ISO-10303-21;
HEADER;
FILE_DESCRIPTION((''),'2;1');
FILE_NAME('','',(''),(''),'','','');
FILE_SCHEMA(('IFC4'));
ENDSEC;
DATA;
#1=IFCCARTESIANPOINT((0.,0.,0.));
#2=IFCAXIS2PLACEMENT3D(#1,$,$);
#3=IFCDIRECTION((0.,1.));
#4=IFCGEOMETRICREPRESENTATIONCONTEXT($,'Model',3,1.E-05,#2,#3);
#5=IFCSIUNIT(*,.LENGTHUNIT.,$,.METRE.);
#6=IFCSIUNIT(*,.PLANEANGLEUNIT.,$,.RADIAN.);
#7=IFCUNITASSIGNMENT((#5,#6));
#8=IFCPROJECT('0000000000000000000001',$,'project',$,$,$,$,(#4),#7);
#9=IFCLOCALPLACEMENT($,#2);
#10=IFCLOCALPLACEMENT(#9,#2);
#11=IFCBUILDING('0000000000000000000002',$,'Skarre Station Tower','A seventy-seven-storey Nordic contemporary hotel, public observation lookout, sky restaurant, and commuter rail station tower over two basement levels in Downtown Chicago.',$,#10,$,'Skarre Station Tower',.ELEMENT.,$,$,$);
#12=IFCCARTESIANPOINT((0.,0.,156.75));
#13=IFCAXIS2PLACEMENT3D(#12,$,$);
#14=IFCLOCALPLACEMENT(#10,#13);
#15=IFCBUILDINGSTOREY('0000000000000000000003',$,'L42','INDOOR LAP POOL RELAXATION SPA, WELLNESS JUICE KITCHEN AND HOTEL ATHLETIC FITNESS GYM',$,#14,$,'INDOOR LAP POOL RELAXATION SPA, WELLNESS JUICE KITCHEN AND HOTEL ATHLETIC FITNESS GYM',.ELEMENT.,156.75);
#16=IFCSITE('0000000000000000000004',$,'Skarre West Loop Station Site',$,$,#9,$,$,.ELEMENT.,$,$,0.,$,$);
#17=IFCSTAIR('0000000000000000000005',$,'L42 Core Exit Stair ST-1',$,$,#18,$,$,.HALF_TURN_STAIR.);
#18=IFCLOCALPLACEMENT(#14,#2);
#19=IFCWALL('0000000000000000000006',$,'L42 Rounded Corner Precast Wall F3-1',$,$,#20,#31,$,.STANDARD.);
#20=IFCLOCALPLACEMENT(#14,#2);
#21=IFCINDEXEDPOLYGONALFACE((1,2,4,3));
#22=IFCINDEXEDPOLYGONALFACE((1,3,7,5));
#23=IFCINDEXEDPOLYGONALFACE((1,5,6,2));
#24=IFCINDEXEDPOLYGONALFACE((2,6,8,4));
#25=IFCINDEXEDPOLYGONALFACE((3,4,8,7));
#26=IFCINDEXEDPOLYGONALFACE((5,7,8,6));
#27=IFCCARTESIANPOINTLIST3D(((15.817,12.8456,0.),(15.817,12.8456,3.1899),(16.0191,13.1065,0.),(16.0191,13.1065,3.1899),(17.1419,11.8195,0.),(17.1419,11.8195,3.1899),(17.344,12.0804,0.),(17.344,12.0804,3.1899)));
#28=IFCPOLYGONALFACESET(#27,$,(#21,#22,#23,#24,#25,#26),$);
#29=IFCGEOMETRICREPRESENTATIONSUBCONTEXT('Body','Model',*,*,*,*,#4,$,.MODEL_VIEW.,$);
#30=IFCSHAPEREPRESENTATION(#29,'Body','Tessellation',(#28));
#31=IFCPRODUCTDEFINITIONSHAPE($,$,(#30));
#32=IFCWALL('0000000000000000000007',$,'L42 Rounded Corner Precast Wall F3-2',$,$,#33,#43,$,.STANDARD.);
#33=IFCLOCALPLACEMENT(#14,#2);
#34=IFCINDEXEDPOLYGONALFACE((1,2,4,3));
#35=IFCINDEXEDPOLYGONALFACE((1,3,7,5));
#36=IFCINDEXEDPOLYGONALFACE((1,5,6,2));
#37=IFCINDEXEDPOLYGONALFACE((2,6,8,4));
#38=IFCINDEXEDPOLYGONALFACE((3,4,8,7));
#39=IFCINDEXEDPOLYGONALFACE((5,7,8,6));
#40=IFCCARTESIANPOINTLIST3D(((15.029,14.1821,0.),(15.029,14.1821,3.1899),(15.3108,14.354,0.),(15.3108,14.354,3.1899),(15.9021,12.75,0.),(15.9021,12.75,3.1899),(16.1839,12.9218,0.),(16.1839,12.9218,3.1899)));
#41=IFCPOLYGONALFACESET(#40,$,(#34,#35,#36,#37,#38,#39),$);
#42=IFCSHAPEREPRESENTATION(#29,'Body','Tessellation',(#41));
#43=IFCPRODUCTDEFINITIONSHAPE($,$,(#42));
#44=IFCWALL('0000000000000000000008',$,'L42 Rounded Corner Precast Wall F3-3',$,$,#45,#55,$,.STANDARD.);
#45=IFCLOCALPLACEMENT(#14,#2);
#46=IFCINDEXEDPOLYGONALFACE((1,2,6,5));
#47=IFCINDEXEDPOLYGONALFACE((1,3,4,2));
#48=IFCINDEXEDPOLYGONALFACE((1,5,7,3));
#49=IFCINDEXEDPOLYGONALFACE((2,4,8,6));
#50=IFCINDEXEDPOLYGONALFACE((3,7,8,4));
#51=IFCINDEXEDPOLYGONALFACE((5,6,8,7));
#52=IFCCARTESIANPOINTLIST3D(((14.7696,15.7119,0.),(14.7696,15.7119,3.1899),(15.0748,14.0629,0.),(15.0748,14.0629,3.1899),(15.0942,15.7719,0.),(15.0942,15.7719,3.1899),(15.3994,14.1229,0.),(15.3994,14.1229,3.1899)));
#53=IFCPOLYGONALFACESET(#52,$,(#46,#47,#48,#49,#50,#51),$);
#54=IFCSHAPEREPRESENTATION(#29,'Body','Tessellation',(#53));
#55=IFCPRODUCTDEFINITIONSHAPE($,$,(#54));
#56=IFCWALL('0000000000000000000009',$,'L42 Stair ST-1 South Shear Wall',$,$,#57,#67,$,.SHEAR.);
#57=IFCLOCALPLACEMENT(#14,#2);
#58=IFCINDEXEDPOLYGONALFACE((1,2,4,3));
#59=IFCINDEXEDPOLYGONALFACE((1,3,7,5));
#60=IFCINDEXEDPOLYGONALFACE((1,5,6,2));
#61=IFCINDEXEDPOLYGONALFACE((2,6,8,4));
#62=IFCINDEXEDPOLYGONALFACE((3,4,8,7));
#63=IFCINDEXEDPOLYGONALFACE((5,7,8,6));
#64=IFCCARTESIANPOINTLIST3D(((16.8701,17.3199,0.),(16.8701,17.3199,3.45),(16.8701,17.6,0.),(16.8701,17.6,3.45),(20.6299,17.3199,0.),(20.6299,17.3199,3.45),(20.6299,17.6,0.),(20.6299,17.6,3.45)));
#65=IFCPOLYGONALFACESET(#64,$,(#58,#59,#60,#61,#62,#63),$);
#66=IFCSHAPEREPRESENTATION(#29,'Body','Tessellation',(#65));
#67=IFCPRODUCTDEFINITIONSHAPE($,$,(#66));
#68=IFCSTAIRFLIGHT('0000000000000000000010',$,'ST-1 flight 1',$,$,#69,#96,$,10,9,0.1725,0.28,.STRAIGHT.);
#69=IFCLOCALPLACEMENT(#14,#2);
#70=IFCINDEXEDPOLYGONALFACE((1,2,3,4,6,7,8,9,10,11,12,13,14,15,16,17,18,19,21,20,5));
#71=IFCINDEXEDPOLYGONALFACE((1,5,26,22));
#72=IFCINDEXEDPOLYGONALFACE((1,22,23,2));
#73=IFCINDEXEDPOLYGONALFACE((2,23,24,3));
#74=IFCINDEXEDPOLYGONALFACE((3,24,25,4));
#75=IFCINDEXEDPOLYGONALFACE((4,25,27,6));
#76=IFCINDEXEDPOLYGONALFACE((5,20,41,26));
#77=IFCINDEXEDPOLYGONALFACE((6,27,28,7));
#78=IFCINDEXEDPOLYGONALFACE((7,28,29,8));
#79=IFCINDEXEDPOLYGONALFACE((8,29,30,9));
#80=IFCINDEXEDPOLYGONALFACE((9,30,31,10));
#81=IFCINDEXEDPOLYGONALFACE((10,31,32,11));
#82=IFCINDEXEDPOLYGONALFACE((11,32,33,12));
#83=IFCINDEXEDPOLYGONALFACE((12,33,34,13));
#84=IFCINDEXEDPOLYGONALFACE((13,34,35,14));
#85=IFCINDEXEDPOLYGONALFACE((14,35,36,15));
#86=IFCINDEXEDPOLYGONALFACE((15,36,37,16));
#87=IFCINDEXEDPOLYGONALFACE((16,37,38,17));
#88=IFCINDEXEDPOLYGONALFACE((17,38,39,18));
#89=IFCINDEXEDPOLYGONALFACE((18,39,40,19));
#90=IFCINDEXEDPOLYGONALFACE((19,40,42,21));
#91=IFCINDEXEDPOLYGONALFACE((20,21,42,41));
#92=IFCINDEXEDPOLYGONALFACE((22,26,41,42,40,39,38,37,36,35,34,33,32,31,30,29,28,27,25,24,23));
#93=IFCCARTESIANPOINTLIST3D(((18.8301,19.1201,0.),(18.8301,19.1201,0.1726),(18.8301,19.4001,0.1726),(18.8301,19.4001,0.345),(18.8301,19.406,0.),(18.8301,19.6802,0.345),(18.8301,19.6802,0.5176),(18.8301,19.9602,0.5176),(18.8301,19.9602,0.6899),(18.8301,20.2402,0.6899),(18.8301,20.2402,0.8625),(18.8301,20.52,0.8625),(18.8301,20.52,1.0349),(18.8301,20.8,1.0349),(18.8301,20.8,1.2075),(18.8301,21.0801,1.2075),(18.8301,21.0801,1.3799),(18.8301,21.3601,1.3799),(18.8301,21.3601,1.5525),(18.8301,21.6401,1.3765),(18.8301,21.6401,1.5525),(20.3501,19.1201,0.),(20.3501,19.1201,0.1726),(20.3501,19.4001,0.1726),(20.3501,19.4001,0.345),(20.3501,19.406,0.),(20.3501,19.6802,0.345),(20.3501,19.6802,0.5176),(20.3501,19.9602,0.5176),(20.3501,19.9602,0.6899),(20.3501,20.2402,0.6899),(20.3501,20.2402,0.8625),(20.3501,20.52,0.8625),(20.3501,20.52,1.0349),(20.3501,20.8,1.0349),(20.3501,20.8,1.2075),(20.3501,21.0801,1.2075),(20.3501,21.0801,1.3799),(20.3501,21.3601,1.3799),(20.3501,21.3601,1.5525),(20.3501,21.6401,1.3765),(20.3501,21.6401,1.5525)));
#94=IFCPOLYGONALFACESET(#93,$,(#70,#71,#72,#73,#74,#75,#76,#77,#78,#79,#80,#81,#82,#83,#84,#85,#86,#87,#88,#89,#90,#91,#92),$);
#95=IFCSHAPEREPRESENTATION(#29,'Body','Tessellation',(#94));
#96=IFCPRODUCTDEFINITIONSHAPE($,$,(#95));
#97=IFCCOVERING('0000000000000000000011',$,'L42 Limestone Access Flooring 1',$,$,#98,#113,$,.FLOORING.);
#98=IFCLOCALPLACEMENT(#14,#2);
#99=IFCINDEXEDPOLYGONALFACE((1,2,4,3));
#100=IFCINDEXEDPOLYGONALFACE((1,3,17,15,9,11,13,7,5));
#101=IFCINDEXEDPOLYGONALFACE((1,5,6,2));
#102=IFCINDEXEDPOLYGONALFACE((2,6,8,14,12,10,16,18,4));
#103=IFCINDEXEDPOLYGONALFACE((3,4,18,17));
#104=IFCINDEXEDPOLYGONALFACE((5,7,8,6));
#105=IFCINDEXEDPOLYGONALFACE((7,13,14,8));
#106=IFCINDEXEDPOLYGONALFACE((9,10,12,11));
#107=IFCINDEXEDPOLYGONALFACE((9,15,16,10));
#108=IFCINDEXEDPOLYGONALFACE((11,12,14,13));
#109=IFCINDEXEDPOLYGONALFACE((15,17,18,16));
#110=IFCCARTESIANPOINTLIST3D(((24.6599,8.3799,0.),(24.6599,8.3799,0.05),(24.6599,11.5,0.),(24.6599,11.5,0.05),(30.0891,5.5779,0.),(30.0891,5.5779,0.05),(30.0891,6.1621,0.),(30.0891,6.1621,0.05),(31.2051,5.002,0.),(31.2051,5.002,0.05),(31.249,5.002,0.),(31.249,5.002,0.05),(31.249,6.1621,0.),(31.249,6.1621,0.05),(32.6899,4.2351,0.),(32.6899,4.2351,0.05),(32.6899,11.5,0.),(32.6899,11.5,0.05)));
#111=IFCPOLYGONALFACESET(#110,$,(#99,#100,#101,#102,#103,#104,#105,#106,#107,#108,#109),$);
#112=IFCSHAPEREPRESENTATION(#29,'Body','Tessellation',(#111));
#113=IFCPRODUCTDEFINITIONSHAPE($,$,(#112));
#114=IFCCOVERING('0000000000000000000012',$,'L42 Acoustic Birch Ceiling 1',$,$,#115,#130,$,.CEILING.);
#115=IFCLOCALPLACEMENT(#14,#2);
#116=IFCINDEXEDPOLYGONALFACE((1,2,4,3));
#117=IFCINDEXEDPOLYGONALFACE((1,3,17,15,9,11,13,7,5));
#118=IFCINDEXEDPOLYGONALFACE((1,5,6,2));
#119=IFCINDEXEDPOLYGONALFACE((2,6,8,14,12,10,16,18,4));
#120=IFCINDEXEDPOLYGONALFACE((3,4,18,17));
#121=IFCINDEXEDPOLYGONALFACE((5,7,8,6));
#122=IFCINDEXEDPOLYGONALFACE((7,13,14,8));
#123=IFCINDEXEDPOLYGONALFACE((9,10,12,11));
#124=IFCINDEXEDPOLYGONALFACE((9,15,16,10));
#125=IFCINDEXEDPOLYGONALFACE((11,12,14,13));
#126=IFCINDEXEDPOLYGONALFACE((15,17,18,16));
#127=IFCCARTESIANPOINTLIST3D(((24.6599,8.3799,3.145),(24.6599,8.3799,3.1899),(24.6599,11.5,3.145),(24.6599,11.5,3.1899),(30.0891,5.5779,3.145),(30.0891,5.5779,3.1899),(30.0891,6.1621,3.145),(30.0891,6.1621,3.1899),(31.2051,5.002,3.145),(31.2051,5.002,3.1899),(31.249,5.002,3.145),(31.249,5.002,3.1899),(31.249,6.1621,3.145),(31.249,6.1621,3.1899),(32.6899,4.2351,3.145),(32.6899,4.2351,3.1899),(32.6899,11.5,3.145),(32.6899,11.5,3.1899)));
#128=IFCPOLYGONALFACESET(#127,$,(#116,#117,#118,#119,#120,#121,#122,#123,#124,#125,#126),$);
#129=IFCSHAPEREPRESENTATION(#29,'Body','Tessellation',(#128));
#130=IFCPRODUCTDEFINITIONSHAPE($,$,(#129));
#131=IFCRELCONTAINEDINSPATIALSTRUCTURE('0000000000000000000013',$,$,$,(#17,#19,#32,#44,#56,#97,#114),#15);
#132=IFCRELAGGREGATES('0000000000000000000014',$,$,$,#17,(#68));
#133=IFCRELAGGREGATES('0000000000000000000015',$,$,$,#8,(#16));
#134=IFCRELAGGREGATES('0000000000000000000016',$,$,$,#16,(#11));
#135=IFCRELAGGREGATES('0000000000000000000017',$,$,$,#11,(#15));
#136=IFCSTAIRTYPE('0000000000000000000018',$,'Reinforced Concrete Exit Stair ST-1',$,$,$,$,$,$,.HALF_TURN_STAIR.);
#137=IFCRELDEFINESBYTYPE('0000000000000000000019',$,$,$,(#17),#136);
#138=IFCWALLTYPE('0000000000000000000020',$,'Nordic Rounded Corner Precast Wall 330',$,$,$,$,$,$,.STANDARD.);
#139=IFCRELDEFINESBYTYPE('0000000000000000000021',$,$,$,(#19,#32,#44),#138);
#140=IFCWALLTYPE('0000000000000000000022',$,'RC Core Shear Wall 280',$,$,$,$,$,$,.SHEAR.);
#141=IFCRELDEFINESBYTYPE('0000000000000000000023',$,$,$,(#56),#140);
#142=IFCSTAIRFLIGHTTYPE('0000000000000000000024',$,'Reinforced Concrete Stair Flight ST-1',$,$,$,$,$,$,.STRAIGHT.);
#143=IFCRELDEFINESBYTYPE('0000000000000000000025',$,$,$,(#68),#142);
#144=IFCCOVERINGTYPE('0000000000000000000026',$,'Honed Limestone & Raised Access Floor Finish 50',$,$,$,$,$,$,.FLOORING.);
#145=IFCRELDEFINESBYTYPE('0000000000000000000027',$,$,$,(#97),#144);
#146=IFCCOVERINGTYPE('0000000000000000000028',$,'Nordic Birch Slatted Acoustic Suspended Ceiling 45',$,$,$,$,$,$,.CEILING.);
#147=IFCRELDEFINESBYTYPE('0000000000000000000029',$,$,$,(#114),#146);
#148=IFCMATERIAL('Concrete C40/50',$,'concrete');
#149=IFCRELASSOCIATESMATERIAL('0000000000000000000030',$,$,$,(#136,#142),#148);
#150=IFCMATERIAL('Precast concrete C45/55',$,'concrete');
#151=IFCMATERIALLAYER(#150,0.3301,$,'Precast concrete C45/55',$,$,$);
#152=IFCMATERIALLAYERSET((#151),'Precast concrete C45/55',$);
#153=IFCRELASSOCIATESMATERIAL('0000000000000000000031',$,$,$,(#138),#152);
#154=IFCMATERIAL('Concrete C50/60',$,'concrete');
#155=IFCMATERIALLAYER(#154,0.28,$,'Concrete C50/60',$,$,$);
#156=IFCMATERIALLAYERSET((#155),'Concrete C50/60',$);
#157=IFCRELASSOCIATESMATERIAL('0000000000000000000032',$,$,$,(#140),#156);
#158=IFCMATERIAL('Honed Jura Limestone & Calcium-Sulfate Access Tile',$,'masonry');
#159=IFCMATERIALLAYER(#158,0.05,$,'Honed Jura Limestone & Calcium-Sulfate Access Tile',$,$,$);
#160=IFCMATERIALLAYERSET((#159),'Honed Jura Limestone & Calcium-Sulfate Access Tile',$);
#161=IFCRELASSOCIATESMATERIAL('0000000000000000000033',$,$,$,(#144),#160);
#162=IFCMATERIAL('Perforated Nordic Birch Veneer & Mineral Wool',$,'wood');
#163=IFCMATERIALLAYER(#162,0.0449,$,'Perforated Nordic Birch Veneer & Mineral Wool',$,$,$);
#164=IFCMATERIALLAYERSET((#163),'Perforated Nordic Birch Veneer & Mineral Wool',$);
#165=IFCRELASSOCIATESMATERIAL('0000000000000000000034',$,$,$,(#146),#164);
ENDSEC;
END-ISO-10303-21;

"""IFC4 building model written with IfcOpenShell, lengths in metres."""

from ifc_helpers import new_model, si_unit, direction, frame, frame_2d, origin, place, context, subcontext, project, spatial, polyline, rectangle, outline, extrude, material, layer, layer_set, type_object, element, aggregate, save


model = new_model("IFC4")

# Units and contexts
model_context = context("Model", 3, precision=1e-05, world=origin(), true_north=direction((0.0, 1.0)))
body_context = subcontext(model_context, "Body", "Model", "MODEL_VIEW")
ifc_project = project(units=[si_unit("LENGTHUNIT", "METRE"), si_unit("PLANEANGLEUNIT", "RADIAN")], contexts=[model_context])

# Site, building, storey
site_placement = place(None, origin())
site = spatial("IfcSite", under=ifc_project, at=site_placement, Name="Skarre West Loop Station Site", CompositionType="ELEMENT", RefElevation=0.0)
building_placement = place(site_placement, origin())
building = spatial("IfcBuilding", under=site, at=building_placement, Name="Skarre Station Tower", Description="A seventy-seven-storey Nordic contemporary hotel, public observation lookout, sky restaurant, and commuter rail station tower over two basement levels in Downtown Chicago.", LongName="Skarre Station Tower", CompositionType="ELEMENT")
storey_placement = place(building_placement, frame((0.0, 0.0, 156.75)))
storey = spatial("IfcBuildingStorey", under=building, at=storey_placement, Name="L42", Description="INDOOR LAP POOL RELAXATION SPA, WELLNESS JUICE KITCHEN AND HOTEL ATHLETIC FITNESS GYM", LongName="INDOOR LAP POOL RELAXATION SPA, WELLNESS JUICE KITCHEN AND HOTEL ATHLETIC FITNESS GYM", CompositionType="ELEMENT", Elevation=156.75)

# Stair
ifc_material_1 = material(Name="Concrete C40/50", Category="concrete")
stair_type_1 = type_object("IfcStairType", Name="Reinforced Concrete Exit Stair ST-1", PredefinedType="HALF_TURN_STAIR", material=ifc_material_1)
stair_1_placement = place(storey_placement, origin())
stair_1 = element("IfcStair", 1, at=stair_1_placement, inside=storey, type_object=stair_type_1, Name="L42 Core Exit Stair ST-1", PredefinedType="HALF_TURN_STAIR")

# Shared definitions
ifc_material_2 = material(Name="Concrete C50/60", Category="concrete")

# Shared definitions
ifc_material_3 = material(Name="Precast concrete C45/55", Category="concrete")

# Walls
ifc_layer_1 = layer(ifc_material_3, 0.3301, Name="Precast concrete C45/55")
ifc_layer_set_1 = layer_set([ifc_layer_1], Name="Precast concrete C45/55")
wall_type_1 = type_object("IfcWallType", Name="Nordic Rounded Corner Precast Wall 330", PredefinedType="STANDARD", material=ifc_layer_set_1)
wall_1_placement = place(storey_placement, frame((17.2429, 11.95, 0.0), z_axis=(0.0, 0.0, 1.0), x_axis=(-0.790621, 0.612305, 0.0)))
element("IfcWall", 2, at=wall_1_placement, inside=storey, type_object=wall_type_1, Name="L42 Rounded Corner Precast Wall F3-1", PredefinedType="STANDARD", context=body_context, shape_type="SweptSolid", body=[
    extrude(rectangle(XDim=1.6758, YDim=0.3301, at=frame_2d((0.8379, 0.0))), origin(), (0.0, 0.0, 1.0), 3.1899),
])
wall_2_placement = place(storey_placement, frame((16.043, 12.8359, 0.0), z_axis=(0.0, 0.0, 1.0), x_axis=(-0.520519, 0.85385, 0.0)))
element("IfcWall", 3, at=wall_2_placement, inside=storey, type_object=wall_type_1, Name="L42 Rounded Corner Precast Wall F3-2", PredefinedType="STANDARD", context=body_context, shape_type="SweptSolid", body=[
    extrude(rectangle(XDim=1.6772, YDim=0.3301, at=frame_2d((0.8386, 0.0))), origin(), (0.0, 0.0, 1.0), 3.1899),
])
wall_3_placement = place(storey_placement, frame((15.2371, 14.093, 0.0), z_axis=(0.0, 0.0, 1.0), x_axis=(-0.181985, 0.983301, 0.0)))
element("IfcWall", 4, at=wall_3_placement, inside=storey, type_object=wall_type_1, Name="L42 Rounded Corner Precast Wall F3-3", PredefinedType="STANDARD", context=body_context, shape_type="SweptSolid", body=[
    extrude(rectangle(XDim=1.677, YDim=0.3301, at=frame_2d((0.8384, 0.0))), origin(), (0.0, 0.0, 1.0), 3.1899),
])
ifc_layer_2 = layer(ifc_material_2, 0.28, Name="Concrete C50/60")
ifc_layer_set_2 = layer_set([ifc_layer_2], Name="Concrete C50/60")
wall_type_2 = type_object("IfcWallType", Name="RC Core Shear Wall 280", PredefinedType="SHEAR", material=ifc_layer_set_2)
wall_4_placement = place(storey_placement, frame((16.8701, 17.46, 0.0), z_axis=(0.0, 0.0, 1.0), x_axis=(1.0, 0.0, 0.0)))
element("IfcWall", 5, at=wall_4_placement, inside=storey, type_object=wall_type_2, Name="L42 Stair ST-1 South Shear Wall", PredefinedType="SHEAR", context=body_context, shape_type="SweptSolid", body=[
    extrude(rectangle(XDim=3.7598, YDim=0.28, at=frame_2d((1.8799, 0.0))), origin(), (0.0, 0.0, 1.0), 3.45),
])

# Stair flight
stair_flight_type = type_object("IfcStairFlightType", Name="Reinforced Concrete Stair Flight ST-1", PredefinedType="STRAIGHT", material=ifc_material_1)
stair_flight_placement = place(storey_placement, frame((19.5901, 19.1201, 0.0), z_axis=(0.0, 0.0, 1.0), x_axis=(0.0, 1.0, 0.0)))
stair_flight = element("IfcStairFlight", 6, at=stair_flight_placement, type_object=stair_flight_type, Name="ST-1 flight 1", NumberOfRisers=10, NumberOfTreads=9, PredefinedType="STRAIGHT", RiserHeight=0.1725, TreadLength=0.28, context=body_context, shape_type="SweptSolid", body=[
    extrude(outline(polyline([(0.0, 0.0), (0.0, 0.1726), (0.28, 0.1726), (0.28, 0.345), (0.5601, 0.345), (0.5601, 0.5176), (0.8401, 0.5176), (0.8401, 0.6899), (1.1201, 0.6899), (1.1201, 0.8625), (1.3999, 0.8625), (1.3999, 1.0349), (1.6799, 1.0349), (1.6799, 1.2075), (1.96, 1.2075), (1.96, 1.3799), (2.24, 1.3799), (2.24, 1.5525), (2.52, 1.5525), (2.52, 1.7251), (2.52, 1.3765), (0.2859, 0.0), (0.0, 0.0)])), frame((0.0, 0.76, 0.0), z_axis=(0.0, -1.0, 0.0), x_axis=(1.0, 0.0, 0.0)), (0.0, 0.0, 1.0), 1.52),
])
aggregate(stair_1, [stair_flight])

# Coverings
ifc_material_4 = material(Name="Honed Jura Limestone & Calcium-Sulfate Access Tile", Category="masonry")
ifc_layer_3 = layer(ifc_material_4, 0.05, Name="Honed Jura Limestone & Calcium-Sulfate Access Tile")
ifc_layer_set_3 = layer_set([ifc_layer_3], Name="Honed Jura Limestone & Calcium-Sulfate Access Tile")
covering_type_1 = type_object("IfcCoveringType", Name="Honed Limestone & Raised Access Floor Finish 50", PredefinedType="FLOORING", material=ifc_layer_set_3)
covering_1_placement = place(storey_placement, origin())
element("IfcCovering", 7, at=covering_1_placement, inside=storey, type_object=covering_type_1, Name="L42 Limestone Access Flooring 1", PredefinedType="FLOORING", context=body_context, shape_type="SweptSolid", body=[
    extrude(outline(polyline([(24.6599, 8.3799), (30.0891, 5.5779), (30.0891, 6.1621), (31.249, 6.1621), (31.249, 5.002), (31.2051, 5.002), (32.6899, 4.2351), (32.6899, 11.5), (24.6599, 11.5), (24.6599, 8.3799)])), origin(), (0.0, 0.0, 1.0), 0.05),
])
ifc_material_5 = material(Name="Perforated Nordic Birch Veneer & Mineral Wool", Category="wood")
ifc_layer_4 = layer(ifc_material_5, 0.0449, Name="Perforated Nordic Birch Veneer & Mineral Wool")
ifc_layer_set_4 = layer_set([ifc_layer_4], Name="Perforated Nordic Birch Veneer & Mineral Wool")
covering_type_2 = type_object("IfcCoveringType", Name="Nordic Birch Slatted Acoustic Suspended Ceiling 45", PredefinedType="CEILING", material=ifc_layer_set_4)
covering_2_placement = place(storey_placement, frame((0.0, 0.0, 3.145)))
element("IfcCovering", 8, at=covering_2_placement, inside=storey, type_object=covering_type_2, Name="L42 Acoustic Birch Ceiling 1", PredefinedType="CEILING", context=body_context, shape_type="SweptSolid", body=[
    extrude(outline(polyline([(24.6599, 8.3799), (30.0891, 5.5779), (30.0891, 6.1621), (31.249, 6.1621), (31.249, 5.002), (31.2051, 5.002), (32.6899, 4.2351), (32.6899, 11.5), (24.6599, 11.5), (24.6599, 8.3799)])), origin(), (0.0, 0.0, 1.0), 0.0449),
])

save(model, "model.ifc")
